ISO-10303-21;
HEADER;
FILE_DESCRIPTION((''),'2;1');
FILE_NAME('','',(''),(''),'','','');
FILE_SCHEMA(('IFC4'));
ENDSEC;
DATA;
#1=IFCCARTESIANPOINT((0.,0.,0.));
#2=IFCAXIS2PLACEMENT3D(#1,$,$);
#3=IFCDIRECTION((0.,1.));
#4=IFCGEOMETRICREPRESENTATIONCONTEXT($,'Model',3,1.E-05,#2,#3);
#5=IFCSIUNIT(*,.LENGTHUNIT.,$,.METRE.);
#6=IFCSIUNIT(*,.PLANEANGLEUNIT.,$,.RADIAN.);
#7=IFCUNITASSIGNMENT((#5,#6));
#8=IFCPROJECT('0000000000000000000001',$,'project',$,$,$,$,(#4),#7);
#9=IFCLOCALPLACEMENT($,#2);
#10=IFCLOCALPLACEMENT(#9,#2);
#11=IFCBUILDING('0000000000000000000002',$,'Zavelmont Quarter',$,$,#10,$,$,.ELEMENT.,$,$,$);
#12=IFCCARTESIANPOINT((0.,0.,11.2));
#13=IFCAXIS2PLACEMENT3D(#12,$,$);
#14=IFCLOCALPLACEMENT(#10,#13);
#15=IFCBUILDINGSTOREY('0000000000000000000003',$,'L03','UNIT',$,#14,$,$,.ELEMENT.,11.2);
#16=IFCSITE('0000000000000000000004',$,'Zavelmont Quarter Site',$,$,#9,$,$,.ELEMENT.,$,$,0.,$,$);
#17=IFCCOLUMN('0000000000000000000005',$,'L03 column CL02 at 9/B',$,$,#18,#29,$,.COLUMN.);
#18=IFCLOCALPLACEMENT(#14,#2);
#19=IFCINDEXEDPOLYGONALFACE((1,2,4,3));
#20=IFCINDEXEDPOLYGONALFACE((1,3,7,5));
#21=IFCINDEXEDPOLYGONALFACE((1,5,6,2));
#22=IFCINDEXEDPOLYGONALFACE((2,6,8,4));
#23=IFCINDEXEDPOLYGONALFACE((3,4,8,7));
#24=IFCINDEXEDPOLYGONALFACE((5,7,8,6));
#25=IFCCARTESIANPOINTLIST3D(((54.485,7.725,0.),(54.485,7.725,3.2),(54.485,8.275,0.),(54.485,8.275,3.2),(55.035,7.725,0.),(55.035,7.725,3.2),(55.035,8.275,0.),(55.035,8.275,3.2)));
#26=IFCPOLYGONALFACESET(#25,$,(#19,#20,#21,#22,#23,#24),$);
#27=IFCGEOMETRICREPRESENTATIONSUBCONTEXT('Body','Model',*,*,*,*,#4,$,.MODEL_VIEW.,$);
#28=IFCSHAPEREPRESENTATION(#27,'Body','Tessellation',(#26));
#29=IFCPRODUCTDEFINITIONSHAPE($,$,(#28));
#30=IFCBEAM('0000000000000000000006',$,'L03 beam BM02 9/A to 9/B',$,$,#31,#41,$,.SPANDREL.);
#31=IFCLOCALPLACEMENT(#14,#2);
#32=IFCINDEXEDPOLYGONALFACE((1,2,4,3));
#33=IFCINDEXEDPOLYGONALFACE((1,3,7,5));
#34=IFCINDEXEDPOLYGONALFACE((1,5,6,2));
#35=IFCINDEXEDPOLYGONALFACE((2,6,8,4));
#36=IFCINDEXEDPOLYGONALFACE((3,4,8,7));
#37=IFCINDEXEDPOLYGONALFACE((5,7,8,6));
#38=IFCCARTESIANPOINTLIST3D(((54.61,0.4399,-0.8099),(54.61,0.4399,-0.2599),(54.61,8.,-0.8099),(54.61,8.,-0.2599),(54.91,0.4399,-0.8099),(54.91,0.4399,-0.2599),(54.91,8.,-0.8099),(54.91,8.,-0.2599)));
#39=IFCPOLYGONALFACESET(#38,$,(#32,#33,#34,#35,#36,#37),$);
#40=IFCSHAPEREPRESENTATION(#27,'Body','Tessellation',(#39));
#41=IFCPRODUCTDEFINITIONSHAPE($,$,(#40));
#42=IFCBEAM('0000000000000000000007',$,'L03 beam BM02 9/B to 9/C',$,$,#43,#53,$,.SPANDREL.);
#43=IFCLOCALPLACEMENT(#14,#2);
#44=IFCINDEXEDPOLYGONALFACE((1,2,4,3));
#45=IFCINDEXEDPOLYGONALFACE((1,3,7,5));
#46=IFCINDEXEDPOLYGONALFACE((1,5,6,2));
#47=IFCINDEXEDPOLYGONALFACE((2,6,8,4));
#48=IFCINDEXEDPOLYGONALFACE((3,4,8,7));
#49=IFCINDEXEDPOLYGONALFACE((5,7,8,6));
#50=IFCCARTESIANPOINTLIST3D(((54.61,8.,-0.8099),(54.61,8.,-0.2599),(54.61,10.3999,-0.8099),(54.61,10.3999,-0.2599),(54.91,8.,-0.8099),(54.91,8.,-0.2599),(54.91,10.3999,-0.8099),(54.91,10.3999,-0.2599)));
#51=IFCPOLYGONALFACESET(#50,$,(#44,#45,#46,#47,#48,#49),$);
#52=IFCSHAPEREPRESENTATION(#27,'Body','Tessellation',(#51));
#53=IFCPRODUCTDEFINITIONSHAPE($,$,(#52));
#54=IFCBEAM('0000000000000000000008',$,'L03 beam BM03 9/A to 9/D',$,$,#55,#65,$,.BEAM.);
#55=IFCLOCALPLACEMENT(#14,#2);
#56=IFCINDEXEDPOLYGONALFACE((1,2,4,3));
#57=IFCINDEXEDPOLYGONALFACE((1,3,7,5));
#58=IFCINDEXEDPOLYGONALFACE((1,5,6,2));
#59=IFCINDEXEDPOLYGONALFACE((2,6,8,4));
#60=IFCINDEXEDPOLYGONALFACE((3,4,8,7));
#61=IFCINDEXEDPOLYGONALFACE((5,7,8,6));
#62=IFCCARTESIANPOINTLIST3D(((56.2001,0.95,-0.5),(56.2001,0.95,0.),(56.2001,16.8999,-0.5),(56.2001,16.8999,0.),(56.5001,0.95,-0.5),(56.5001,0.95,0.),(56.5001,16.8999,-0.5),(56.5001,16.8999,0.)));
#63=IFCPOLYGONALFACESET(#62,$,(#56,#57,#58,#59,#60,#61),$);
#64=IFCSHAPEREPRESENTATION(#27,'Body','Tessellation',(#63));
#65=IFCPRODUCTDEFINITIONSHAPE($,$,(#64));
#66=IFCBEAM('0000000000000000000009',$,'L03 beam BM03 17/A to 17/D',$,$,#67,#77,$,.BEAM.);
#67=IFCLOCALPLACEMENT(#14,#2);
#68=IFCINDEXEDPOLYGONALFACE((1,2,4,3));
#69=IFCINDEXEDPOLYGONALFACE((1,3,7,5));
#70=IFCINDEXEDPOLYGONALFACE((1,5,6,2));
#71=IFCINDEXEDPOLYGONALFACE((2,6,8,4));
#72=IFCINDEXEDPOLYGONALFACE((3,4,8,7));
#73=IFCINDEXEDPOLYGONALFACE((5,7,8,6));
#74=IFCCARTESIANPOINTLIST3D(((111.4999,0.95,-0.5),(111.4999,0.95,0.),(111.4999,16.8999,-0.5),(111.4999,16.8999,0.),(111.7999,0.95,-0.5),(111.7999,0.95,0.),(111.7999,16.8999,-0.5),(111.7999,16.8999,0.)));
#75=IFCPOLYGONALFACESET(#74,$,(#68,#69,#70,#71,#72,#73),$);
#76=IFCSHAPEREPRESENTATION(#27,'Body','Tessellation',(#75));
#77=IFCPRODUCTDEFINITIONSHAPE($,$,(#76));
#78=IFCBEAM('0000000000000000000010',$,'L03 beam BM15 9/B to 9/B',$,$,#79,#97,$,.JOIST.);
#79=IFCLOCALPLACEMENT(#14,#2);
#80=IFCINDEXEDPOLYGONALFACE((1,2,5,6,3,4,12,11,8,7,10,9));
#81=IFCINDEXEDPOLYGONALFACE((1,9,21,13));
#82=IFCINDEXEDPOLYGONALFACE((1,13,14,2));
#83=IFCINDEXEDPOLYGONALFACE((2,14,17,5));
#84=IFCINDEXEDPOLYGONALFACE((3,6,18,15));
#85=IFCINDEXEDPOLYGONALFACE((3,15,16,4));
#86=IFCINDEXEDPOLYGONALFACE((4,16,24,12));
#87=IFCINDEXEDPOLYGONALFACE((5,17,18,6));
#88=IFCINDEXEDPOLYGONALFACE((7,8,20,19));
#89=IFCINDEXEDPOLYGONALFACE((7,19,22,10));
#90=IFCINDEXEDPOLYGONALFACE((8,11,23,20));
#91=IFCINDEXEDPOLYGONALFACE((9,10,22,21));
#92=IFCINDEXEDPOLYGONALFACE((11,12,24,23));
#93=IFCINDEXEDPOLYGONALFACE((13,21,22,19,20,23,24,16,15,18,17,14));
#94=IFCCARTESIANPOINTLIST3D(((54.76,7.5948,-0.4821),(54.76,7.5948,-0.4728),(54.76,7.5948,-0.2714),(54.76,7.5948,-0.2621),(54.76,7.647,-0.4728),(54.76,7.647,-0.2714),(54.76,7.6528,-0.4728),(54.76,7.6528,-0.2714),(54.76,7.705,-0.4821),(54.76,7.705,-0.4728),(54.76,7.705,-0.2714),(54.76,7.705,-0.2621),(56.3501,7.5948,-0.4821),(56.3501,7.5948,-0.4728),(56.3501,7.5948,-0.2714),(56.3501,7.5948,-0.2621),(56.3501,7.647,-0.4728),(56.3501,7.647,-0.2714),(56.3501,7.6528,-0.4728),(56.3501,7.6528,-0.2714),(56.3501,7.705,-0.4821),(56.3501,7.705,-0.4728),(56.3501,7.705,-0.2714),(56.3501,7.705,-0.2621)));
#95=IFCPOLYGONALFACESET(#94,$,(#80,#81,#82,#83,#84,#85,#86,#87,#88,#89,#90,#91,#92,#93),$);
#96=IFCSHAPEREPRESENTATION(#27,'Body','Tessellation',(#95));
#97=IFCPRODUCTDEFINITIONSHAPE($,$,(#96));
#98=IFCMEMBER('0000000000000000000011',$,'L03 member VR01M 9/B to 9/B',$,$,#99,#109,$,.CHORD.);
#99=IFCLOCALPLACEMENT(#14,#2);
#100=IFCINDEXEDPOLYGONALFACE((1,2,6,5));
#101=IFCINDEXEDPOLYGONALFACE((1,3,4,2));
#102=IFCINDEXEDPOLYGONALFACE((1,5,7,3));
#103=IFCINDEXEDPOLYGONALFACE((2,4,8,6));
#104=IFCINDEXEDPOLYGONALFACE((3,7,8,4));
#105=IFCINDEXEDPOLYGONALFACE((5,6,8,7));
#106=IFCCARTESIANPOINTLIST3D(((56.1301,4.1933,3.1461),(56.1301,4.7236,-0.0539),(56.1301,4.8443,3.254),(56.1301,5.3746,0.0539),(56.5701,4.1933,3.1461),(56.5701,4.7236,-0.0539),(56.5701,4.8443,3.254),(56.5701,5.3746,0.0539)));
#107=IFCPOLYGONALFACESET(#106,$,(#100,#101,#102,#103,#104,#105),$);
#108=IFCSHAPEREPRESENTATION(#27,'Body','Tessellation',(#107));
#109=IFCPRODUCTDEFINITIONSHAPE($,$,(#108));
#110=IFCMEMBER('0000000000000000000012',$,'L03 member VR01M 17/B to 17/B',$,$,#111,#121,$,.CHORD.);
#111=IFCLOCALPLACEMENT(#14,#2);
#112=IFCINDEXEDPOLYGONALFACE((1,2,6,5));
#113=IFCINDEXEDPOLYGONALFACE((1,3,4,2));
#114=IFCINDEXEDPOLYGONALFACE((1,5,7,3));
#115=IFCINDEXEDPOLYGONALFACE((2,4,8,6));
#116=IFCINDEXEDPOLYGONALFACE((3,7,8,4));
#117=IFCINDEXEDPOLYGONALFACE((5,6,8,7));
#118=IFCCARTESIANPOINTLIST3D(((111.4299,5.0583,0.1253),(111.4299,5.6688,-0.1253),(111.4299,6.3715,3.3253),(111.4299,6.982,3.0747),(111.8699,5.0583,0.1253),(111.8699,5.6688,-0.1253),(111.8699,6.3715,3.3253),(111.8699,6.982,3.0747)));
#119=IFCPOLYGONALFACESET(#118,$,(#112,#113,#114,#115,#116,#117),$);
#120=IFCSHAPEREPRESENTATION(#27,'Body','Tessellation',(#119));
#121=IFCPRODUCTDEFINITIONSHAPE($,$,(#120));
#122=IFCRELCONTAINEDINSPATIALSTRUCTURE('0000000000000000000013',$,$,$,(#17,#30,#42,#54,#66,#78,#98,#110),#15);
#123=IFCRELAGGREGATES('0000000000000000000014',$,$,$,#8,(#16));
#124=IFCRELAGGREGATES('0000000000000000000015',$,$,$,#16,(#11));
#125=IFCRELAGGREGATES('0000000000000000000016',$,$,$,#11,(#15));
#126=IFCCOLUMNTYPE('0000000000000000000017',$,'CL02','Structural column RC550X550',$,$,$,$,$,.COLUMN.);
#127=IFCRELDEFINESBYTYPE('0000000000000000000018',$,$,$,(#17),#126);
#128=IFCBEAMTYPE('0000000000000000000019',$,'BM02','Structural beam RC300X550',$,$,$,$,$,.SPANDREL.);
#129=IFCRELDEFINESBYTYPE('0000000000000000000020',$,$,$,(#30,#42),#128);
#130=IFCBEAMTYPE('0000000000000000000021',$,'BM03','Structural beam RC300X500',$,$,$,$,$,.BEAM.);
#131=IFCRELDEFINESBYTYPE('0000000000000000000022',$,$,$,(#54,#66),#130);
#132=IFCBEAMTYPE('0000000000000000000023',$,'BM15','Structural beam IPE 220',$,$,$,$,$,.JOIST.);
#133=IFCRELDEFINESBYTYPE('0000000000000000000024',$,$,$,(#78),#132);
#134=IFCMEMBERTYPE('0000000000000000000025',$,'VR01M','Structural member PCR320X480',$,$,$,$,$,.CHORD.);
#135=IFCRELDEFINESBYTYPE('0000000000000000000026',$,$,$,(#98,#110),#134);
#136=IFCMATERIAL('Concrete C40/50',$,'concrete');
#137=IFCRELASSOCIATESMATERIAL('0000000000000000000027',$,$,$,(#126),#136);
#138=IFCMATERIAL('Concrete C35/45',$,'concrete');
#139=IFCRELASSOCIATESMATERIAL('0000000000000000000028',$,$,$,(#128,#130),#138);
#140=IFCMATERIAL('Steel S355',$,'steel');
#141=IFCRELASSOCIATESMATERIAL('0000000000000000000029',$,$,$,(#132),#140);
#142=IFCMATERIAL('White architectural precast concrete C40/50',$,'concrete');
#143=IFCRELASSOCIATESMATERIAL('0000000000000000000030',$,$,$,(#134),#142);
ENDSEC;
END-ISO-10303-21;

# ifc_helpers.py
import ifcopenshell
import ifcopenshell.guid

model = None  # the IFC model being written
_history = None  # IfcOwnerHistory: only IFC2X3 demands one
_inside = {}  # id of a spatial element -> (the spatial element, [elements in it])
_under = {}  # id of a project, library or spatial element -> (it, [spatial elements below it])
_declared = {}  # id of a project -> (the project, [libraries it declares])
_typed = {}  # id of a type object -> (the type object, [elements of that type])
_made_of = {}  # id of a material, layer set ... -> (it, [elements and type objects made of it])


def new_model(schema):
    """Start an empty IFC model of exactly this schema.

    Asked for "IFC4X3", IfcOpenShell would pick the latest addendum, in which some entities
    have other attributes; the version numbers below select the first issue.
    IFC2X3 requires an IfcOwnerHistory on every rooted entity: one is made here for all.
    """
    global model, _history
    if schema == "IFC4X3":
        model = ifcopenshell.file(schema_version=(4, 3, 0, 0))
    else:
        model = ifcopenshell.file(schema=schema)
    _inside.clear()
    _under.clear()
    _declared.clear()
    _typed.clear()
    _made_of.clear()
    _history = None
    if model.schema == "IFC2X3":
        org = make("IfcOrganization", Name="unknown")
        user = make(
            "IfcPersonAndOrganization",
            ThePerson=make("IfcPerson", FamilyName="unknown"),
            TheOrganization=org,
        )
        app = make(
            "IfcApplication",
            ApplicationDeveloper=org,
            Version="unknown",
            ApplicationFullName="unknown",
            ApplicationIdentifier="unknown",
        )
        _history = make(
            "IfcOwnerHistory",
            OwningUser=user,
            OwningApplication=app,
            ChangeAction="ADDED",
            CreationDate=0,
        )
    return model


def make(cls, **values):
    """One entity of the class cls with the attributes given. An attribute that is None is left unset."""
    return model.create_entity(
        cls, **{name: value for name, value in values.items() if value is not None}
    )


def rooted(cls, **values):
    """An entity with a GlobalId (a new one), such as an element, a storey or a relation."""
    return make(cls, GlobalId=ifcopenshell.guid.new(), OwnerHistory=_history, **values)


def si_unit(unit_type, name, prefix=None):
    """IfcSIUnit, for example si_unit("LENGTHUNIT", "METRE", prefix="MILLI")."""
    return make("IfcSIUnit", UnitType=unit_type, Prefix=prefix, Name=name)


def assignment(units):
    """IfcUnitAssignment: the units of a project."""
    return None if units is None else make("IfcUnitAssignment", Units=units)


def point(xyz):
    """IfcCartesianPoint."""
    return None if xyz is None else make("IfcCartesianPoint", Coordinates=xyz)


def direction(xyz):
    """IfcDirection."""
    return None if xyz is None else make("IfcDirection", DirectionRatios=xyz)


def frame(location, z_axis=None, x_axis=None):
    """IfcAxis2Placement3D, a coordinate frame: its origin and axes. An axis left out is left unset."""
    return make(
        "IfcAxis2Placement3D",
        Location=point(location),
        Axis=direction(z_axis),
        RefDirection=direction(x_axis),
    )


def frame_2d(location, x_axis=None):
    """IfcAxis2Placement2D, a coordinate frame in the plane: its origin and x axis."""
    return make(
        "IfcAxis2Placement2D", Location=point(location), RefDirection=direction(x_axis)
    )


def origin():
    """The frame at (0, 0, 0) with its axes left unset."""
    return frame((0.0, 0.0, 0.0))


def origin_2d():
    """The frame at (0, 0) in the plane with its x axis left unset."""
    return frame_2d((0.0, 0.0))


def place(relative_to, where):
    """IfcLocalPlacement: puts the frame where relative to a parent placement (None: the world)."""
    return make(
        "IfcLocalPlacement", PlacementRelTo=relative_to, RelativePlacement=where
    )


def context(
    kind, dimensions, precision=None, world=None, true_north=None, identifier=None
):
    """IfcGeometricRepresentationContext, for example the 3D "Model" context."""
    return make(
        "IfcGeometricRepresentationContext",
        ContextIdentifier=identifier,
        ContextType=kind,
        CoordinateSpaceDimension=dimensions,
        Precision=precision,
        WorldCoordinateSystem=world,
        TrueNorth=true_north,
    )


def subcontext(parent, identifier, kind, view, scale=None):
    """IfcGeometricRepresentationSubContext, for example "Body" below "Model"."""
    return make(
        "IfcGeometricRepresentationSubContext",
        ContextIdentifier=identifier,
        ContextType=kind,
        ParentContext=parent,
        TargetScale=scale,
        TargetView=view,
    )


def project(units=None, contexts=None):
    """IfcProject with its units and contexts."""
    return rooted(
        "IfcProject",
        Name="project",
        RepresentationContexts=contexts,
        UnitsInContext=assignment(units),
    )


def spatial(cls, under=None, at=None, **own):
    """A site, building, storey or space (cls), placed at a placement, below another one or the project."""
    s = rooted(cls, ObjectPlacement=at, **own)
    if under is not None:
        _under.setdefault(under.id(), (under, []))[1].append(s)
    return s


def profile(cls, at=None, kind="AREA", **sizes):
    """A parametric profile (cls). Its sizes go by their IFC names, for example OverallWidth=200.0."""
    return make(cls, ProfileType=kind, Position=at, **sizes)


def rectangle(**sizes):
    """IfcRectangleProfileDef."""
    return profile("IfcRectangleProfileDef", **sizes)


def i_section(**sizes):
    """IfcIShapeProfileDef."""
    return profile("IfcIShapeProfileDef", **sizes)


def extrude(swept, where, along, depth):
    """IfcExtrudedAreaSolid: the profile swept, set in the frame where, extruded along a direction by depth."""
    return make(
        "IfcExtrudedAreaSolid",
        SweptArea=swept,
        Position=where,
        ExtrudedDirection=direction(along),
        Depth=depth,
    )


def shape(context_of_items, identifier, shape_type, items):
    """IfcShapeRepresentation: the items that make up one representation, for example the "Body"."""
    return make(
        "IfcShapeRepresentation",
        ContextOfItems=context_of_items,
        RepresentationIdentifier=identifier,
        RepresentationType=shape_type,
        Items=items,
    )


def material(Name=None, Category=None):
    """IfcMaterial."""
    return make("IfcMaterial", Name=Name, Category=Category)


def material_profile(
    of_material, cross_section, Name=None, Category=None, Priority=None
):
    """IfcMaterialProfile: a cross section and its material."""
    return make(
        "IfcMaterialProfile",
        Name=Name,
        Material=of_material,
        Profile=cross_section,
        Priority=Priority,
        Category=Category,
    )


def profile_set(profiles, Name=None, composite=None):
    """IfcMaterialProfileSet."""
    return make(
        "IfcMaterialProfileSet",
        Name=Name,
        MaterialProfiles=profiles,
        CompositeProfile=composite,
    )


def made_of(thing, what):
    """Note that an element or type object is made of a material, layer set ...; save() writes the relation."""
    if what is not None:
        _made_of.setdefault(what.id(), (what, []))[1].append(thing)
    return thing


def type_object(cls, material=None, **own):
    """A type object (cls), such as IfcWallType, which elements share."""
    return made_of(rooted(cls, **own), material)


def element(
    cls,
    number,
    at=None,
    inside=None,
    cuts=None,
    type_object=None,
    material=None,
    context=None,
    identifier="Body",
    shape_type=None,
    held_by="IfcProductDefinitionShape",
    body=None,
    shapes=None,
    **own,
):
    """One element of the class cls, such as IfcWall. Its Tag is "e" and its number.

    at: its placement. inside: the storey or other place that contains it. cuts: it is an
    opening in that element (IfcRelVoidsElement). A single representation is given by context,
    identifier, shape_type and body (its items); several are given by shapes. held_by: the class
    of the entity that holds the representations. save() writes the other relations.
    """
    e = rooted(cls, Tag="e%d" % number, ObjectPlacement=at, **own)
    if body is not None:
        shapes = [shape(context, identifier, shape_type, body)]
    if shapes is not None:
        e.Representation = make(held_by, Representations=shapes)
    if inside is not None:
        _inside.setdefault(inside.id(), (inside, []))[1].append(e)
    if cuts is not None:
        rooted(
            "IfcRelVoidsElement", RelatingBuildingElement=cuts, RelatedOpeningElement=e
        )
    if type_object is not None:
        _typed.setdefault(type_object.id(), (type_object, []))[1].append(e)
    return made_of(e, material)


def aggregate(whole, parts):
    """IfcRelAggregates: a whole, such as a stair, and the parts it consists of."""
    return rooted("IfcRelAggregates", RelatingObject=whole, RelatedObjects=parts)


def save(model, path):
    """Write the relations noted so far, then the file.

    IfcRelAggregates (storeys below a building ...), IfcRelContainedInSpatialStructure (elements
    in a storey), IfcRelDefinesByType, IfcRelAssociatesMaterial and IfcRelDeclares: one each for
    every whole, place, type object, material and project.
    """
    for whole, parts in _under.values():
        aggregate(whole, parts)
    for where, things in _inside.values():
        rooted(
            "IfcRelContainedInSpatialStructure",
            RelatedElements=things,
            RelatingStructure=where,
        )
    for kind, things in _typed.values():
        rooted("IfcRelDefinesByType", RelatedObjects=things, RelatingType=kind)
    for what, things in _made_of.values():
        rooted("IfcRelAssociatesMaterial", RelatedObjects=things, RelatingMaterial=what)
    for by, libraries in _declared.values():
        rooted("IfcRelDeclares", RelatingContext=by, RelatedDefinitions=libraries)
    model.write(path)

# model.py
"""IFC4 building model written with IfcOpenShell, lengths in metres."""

from ifc_helpers import new_model, si_unit, direction, frame, origin, origin_2d, place, context, subcontext, project, spatial, rectangle, i_section, extrude, material, material_profile, profile_set, type_object, element, save


model = new_model("IFC4")

# Units and contexts
model_context = context("Model", 3, precision=1e-05, world=origin(), true_north=direction((0.0, 1.0)))
body_context = subcontext(model_context, "Body", "Model", "MODEL_VIEW")
ifc_project = project(units=[si_unit("LENGTHUNIT", "METRE"), si_unit("PLANEANGLEUNIT", "RADIAN")], contexts=[model_context])

# Site, building, storey
site_placement = place(None, origin())
site = spatial("IfcSite", under=ifc_project, at=site_placement, Name="Zavelmont Quarter Site", CompositionType="ELEMENT", RefElevation=0.0)
building_placement = place(site_placement, origin())
building = spatial("IfcBuilding", under=site, at=building_placement, Name="Zavelmont Quarter", CompositionType="ELEMENT")
storey_placement = place(building_placement, frame((0.0, 0.0, 11.2)))
storey = spatial("IfcBuildingStorey", under=building, at=storey_placement, Name="L03", Description="UNIT", CompositionType="ELEMENT", Elevation=11.2)

# Column
ifc_material_1 = material(Name="Concrete C40/50", Category="concrete")
ifc_material_profile_1 = material_profile(ifc_material_1, rectangle(XDim=0.55, YDim=0.55, at=origin_2d()), Name="RC550X550")
ifc_profile_set_1 = profile_set([ifc_material_profile_1], Name="Concrete C40/50")
column_type = type_object("IfcColumnType", Name="CL02", Description="Structural column RC550X550", PredefinedType="COLUMN", material=ifc_profile_set_1)
column_placement = place(storey_placement, frame((54.76, 8.0, 0.0), z_axis=(0.0, 0.0, 1.0), x_axis=(1.0, 0.0, 0.0)))
element("IfcColumn", 1, at=column_placement, inside=storey, type_object=column_type, Name="L03 column CL02 at 9/B", PredefinedType="COLUMN", context=body_context, shape_type="SweptSolid", body=[
    extrude(rectangle(XDim=0.55, YDim=0.55, at=origin_2d()), origin(), (0.0, 0.0, 1.0), 3.2),
])

# Beams
ifc_material_2 = material(Name="Concrete C35/45", Category="concrete")
ifc_material_profile_2 = material_profile(ifc_material_2, rectangle(XDim=0.3, YDim=0.55, at=origin_2d()), Name="RC300X550")
ifc_profile_set_2 = profile_set([ifc_material_profile_2], Name="Concrete C35/45")
beam_type_1 = type_object("IfcBeamType", Name="BM02", Description="Structural beam RC300X550", PredefinedType="SPANDREL", material=ifc_profile_set_2)
beam_1_placement = place(storey_placement, frame((54.76, 0.4399, -0.5349), z_axis=(0.0, 1.0, 0.0), x_axis=(-1.0, 0.0, 0.0)))
element("IfcBeam", 2, at=beam_1_placement, inside=storey, type_object=beam_type_1, Name="L03 beam BM02 9/A to 9/B", PredefinedType="SPANDREL", context=body_context, shape_type="SweptSolid", body=[
    extrude(rectangle(XDim=0.3, YDim=0.55, at=origin_2d()), origin(), (0.0, 0.0, 1.0), 7.5601),
])
beam_2_placement = place(storey_placement, frame((54.76, 8.0, -0.5349), z_axis=(0.0, 1.0, 0.0), x_axis=(-1.0, 0.0, 0.0)))
element("IfcBeam", 3, at=beam_2_placement, inside=storey, type_object=beam_type_1, Name="L03 beam BM02 9/B to 9/C", PredefinedType="SPANDREL", context=body_context, shape_type="SweptSolid", body=[
    extrude(rectangle(XDim=0.3, YDim=0.55, at=origin_2d()), origin(), (0.0, 0.0, 1.0), 2.3999),
])
ifc_material_profile_3 = material_profile(ifc_material_2, rectangle(XDim=0.3, YDim=0.5, at=origin_2d()), Name="RC300X500")
ifc_profile_set_3 = profile_set([ifc_material_profile_3], Name="Concrete C35/45")
beam_type_2 = type_object("IfcBeamType", Name="BM03", Description="Structural beam RC300X500", PredefinedType="BEAM", material=ifc_profile_set_3)
for number, where, z_axis, x_axis, name in (
    (4, (56.3501, 0.95, -0.25), (0.0, 1.0, 0.0), (-1.0, 0.0, 0.0), "L03 beam BM03 9/A to 9/D"),
    (5, (111.6499, 0.95, -0.25), (0.0, 1.0, 0.0), (-1.0, 0.0, 0.0), "L03 beam BM03 17/A to 17/D"),
):
    element("IfcBeam", number, at=place(storey_placement, frame(where, z_axis=z_axis, x_axis=x_axis)), inside=storey, type_object=beam_type_2, Name=name, PredefinedType="BEAM", context=body_context, shape_type="SweptSolid", body=[
        extrude(rectangle(XDim=0.3, YDim=0.5, at=origin_2d()), origin(), (0.0, 0.0, 1.0), 15.95),
    ])
ifc_material_3 = material(Name="Steel S355", Category="steel")
ifc_material_profile_4 = material_profile(ifc_material_3, i_section(OverallWidth=0.1101, OverallDepth=0.22, WebThickness=0.0059, FlangeThickness=0.0093, at=origin_2d()), Name="IPE 220")
ifc_profile_set_4 = profile_set([ifc_material_profile_4], Name="Steel S355")
beam_type_3 = type_object("IfcBeamType", Name="BM15", Description="Structural beam IPE 220", PredefinedType="JOIST", material=ifc_profile_set_4)
beam_3_placement = place(storey_placement, frame((54.76, 7.6499, -0.3721), z_axis=(1.0, 0.0, 0.0), x_axis=(0.0, 1.0, 0.0)))
element("IfcBeam", 6, at=beam_3_placement, inside=storey, type_object=beam_type_3, Name="L03 beam BM15 9/B to 9/B", PredefinedType="JOIST", context=body_context, shape_type="SweptSolid", body=[
    extrude(i_section(OverallWidth=0.1101, OverallDepth=0.22, WebThickness=0.0059, FlangeThickness=0.0093, at=origin_2d()), origin(), (0.0, 0.0, 1.0), 1.5901),
])

# Members
ifc_material_4 = material(Name="White architectural precast concrete C40/50", Category="concrete")
ifc_material_profile_5 = material_profile(ifc_material_4, rectangle(XDim=0.4399, YDim=0.6599, at=origin_2d()), Name="PCR320X480")
ifc_profile_set_5 = profile_set([ifc_material_profile_5], Name="White architectural precast concrete C40/50")
member_type = type_object("IfcMemberType", Name="VR01M", Description="Structural member PCR320X480", PredefinedType="CHORD", material=ifc_profile_set_5)
member_1_placement = place(storey_placement, frame((56.3501, 5.0491, 0.0), z_axis=(0.0, -0.163483, 0.986546), x_axis=(1.0, 0.0, 0.0)))
element("IfcMember", 7, at=member_1_placement, inside=storey, type_object=member_type, Name="L03 member VR01M 9/B to 9/B", PredefinedType="CHORD", context=body_context, shape_type="SweptSolid", body=[
    extrude(rectangle(XDim=0.4399, YDim=0.6599, at=origin_2d()), origin(), (0.0, 0.0, 1.0), 3.2437),
])
member_2_placement = place(storey_placement, frame((111.6499, 5.3635, 0.0), z_axis=(0.0, 0.379663, 0.925125), x_axis=(-1.0, 0.0, 0.0)))
element("IfcMember", 8, at=member_2_placement, inside=storey, type_object=member_type, Name="L03 member VR01M 17/B to 17/B", PredefinedType="CHORD", context=body_context, shape_type="SweptSolid", body=[
    extrude(rectangle(XDim=0.4399, YDim=0.6599, at=origin_2d()), origin(), (0.0, 0.0, 1.0), 3.459),
])

save(model, "model.ifc")
